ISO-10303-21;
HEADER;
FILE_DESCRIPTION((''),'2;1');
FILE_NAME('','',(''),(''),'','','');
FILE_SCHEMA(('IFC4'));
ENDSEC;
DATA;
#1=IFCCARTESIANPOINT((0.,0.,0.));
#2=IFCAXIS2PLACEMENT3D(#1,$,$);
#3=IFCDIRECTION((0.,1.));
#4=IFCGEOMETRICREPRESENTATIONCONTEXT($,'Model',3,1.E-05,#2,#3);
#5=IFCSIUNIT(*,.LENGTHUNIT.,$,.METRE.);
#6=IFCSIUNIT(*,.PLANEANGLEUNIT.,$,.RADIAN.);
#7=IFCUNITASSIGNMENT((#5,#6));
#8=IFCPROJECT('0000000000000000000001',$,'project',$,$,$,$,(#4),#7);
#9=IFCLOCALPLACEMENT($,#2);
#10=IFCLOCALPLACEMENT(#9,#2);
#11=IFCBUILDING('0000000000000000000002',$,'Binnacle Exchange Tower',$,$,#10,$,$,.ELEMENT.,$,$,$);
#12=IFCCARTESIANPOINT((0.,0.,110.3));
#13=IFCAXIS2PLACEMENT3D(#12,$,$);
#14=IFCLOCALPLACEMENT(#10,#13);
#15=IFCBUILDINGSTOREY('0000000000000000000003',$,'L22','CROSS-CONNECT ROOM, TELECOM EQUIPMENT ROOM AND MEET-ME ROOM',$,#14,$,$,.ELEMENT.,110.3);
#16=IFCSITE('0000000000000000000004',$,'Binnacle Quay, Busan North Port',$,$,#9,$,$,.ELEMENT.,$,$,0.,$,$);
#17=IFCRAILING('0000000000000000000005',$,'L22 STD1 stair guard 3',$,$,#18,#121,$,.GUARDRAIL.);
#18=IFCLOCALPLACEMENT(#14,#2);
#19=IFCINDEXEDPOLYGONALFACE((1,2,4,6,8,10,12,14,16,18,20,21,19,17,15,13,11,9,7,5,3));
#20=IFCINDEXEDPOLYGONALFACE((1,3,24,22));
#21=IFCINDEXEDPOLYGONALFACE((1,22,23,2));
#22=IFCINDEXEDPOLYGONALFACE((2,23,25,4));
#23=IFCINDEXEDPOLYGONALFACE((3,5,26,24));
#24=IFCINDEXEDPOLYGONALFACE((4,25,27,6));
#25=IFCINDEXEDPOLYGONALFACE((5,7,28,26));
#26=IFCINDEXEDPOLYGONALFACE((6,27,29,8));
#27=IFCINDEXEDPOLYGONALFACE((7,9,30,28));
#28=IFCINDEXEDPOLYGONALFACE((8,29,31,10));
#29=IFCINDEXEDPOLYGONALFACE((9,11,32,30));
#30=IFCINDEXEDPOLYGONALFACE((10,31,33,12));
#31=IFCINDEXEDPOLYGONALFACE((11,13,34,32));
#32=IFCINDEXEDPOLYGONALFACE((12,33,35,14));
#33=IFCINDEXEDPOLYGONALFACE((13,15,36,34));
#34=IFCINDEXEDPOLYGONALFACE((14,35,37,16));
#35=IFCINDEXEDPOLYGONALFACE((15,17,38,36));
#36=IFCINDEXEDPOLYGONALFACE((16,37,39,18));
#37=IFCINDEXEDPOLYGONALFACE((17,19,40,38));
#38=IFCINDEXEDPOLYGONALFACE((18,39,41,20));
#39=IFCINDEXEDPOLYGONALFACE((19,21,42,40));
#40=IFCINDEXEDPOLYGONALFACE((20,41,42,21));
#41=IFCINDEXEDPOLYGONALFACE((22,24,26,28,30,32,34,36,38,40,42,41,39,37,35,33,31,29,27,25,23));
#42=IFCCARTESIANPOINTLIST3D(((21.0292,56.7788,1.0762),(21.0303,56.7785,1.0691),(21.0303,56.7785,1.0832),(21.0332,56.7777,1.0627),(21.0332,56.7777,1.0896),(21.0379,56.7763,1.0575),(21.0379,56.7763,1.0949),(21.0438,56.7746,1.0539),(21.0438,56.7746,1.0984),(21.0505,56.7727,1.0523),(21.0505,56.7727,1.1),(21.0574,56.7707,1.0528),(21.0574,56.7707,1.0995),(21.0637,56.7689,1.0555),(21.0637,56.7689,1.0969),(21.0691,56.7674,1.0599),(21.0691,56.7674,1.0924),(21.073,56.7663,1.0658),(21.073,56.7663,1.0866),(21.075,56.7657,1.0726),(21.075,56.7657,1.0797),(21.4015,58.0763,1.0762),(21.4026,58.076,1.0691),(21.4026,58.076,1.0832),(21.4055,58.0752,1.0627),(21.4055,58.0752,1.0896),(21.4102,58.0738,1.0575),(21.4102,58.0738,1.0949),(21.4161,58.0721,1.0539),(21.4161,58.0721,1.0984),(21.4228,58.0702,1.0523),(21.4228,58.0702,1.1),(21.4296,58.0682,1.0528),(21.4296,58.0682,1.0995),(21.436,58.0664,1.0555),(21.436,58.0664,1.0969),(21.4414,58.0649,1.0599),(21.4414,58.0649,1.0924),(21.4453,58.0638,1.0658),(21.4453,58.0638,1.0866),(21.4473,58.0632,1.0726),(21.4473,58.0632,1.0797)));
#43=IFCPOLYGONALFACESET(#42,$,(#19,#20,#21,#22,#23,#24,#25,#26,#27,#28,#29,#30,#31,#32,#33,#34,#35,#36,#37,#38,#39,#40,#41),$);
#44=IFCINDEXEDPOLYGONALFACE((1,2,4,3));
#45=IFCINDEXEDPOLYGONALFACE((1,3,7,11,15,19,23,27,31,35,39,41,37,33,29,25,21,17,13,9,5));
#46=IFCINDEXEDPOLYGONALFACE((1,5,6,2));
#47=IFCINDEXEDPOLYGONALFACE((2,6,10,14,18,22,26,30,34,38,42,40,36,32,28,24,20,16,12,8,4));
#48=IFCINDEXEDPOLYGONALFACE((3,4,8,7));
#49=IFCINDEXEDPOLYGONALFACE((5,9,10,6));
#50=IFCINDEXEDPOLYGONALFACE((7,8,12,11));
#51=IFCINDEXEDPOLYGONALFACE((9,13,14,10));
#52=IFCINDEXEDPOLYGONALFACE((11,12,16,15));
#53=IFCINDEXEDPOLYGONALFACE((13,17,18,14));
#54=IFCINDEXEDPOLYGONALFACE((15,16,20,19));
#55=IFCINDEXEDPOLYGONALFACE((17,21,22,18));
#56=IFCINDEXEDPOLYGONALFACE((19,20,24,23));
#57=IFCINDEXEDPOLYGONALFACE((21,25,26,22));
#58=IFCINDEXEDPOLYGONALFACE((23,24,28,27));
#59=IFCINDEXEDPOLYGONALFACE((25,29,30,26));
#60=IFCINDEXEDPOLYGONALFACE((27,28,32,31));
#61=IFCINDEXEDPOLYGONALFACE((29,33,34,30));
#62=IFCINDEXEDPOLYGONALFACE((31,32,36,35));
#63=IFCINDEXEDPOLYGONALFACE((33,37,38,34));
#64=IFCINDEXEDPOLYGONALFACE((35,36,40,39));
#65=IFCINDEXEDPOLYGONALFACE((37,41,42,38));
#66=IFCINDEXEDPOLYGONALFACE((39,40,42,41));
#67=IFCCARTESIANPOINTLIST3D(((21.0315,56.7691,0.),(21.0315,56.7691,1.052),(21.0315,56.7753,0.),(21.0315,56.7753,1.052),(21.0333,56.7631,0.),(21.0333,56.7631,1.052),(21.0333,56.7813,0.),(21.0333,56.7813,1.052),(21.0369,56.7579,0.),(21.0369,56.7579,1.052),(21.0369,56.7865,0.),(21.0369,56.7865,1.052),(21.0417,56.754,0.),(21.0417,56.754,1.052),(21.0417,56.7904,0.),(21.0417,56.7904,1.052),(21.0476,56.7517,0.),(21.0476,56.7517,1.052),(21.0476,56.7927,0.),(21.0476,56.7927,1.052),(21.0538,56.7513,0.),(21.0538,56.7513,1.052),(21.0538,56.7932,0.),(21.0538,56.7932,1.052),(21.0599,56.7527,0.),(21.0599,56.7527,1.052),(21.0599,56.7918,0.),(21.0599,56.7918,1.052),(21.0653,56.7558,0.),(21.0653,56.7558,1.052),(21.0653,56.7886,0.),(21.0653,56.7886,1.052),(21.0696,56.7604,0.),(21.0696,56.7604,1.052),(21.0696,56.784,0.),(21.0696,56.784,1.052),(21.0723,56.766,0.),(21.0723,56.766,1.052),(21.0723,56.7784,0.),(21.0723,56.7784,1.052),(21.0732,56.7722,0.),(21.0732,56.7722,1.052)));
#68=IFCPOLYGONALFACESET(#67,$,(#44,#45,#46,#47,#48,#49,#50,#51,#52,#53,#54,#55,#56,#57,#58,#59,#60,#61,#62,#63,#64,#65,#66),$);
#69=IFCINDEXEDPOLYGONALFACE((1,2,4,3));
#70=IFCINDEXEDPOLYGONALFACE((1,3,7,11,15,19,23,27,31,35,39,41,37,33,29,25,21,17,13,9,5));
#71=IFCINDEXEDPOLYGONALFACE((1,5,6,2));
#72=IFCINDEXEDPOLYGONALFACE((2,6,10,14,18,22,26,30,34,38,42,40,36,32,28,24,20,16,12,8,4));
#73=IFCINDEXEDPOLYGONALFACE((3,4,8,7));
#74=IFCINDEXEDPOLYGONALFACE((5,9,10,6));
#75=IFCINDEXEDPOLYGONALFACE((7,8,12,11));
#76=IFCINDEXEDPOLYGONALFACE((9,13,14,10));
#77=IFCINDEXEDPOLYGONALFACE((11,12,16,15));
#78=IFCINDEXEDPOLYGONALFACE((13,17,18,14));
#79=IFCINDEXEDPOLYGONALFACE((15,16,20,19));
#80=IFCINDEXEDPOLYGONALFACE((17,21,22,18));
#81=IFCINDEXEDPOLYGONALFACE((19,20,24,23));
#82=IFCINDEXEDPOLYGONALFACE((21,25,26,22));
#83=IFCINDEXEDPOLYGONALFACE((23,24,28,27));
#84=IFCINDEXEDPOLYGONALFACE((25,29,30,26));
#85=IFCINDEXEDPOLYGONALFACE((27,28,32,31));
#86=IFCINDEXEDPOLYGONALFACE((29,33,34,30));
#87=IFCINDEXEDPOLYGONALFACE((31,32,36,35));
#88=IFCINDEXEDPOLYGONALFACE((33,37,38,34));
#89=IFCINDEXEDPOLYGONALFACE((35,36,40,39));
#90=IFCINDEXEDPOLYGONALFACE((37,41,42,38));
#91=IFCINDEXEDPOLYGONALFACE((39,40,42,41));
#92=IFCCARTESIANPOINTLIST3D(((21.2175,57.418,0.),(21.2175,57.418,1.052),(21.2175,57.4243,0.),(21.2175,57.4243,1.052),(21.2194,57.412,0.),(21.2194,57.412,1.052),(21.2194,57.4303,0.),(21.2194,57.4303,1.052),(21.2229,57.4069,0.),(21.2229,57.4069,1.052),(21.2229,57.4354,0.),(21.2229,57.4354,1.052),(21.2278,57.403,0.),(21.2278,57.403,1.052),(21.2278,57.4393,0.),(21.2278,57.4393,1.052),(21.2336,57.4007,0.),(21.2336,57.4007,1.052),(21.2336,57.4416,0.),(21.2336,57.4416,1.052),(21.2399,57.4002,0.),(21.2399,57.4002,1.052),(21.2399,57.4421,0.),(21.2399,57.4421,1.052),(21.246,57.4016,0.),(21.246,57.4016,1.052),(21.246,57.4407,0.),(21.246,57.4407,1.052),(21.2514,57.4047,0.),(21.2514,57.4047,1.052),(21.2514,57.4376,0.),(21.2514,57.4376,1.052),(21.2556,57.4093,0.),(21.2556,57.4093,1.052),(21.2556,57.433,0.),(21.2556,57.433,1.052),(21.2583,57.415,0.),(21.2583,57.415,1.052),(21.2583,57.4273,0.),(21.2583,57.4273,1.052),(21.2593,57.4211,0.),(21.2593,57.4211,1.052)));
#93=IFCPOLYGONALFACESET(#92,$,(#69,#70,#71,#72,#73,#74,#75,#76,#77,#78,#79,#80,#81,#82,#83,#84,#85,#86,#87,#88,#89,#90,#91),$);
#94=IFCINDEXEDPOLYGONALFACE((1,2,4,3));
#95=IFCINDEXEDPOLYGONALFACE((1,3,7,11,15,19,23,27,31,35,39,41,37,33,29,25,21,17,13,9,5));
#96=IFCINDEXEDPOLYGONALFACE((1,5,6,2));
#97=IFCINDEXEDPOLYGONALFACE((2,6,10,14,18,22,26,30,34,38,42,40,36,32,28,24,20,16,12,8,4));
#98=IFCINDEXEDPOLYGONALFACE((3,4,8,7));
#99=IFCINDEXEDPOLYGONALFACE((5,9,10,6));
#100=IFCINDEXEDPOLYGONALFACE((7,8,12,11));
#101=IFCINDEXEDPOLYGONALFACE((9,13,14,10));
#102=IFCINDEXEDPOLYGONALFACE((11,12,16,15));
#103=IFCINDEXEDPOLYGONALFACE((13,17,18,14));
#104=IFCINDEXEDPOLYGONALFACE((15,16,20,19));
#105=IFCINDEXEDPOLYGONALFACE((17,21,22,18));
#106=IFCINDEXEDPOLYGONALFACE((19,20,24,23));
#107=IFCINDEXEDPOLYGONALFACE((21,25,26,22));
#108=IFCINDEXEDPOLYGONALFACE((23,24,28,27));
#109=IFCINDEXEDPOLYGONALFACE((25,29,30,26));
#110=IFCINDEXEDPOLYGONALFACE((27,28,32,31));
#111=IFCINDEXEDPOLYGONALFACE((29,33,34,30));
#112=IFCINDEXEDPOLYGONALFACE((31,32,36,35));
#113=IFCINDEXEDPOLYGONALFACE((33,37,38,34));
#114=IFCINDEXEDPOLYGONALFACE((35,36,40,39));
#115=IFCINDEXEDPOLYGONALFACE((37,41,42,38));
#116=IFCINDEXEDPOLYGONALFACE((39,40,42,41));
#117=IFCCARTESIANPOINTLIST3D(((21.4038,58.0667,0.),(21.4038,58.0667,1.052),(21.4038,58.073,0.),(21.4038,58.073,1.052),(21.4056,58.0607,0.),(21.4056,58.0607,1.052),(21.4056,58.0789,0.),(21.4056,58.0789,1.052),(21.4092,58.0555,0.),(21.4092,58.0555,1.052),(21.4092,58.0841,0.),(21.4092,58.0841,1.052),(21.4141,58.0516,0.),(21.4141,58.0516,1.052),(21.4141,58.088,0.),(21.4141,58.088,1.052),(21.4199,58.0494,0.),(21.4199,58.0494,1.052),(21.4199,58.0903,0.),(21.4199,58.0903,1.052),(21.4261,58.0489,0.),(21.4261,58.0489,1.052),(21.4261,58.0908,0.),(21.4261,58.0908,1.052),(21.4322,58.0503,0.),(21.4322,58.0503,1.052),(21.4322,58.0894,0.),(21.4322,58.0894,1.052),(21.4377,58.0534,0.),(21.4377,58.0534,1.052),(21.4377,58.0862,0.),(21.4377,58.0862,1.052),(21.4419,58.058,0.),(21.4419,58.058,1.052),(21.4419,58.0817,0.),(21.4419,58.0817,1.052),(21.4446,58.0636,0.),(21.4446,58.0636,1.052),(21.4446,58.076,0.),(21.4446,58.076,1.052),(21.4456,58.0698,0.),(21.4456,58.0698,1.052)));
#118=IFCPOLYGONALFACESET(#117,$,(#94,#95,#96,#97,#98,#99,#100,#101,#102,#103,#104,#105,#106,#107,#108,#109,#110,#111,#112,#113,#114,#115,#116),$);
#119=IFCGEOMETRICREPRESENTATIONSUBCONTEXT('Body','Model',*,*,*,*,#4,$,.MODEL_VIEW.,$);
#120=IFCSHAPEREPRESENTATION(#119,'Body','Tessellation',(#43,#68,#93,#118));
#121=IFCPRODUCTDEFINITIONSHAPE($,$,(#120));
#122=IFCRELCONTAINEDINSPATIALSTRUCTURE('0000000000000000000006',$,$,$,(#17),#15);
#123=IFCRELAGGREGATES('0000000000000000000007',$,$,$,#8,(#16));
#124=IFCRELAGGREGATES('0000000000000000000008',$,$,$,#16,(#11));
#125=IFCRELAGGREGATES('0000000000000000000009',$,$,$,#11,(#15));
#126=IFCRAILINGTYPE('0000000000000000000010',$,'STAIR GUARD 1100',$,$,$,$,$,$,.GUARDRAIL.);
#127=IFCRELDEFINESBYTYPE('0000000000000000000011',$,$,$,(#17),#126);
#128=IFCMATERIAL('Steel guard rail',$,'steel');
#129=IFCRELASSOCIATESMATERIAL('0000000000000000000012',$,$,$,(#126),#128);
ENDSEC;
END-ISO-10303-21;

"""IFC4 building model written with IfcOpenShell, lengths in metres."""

from ifc_helpers import new_model, si_unit, direction, frame, origin, origin_2d, place, context, subcontext, project, spatial, circle, extrude, material, type_object, element, save


model = new_model("IFC4")

# Units and contexts
model_context = context("Model", 3, precision=1e-05, world=origin(), true_north=direction((0.0, 1.0)))
body_context = subcontext(model_context, "Body", "Model", "MODEL_VIEW")
ifc_project = project(units=[si_unit("LENGTHUNIT", "METRE"), si_unit("PLANEANGLEUNIT", "RADIAN")], contexts=[model_context])

# Site, building, storey
site_placement = place(None, origin())
site = spatial("IfcSite", under=ifc_project, at=site_placement, Name="Binnacle Quay, Busan North Port", CompositionType="ELEMENT", RefElevation=0.0)
building_placement = place(site_placement, origin())
building = spatial("IfcBuilding", under=site, at=building_placement, Name="Binnacle Exchange Tower", CompositionType="ELEMENT")
storey_placement = place(building_placement, frame((0.0, 0.0, 110.3)))
storey = spatial("IfcBuildingStorey", under=building, at=storey_placement, Name="L22", Description="CROSS-CONNECT ROOM, TELECOM EQUIPMENT ROOM AND MEET-ME ROOM", CompositionType="ELEMENT", Elevation=110.3)

# Railing
ifc_material_1 = material(Name="Steel guard rail", Category="steel")
railing_type_1 = type_object("IfcRailingType", Name="STAIR GUARD 1100", PredefinedType="GUARDRAIL", material=ifc_material_1)
railing_1_placement = place(storey_placement, frame((21.0522, 56.7722, 0.0)))
element("IfcRailing", 1, at=railing_1_placement, inside=storey, type_object=railing_type_1, Name="L22 STD1 stair guard 3", PredefinedType="GUARDRAIL", context=body_context, shape_type="SweptSolid", body=[
    extrude(circle(Radius=0.0239, at=origin_2d()), frame((0.0, 0.0, 1.0762), z_axis=(0.275796, 0.961216, 0.0), x_axis=(-0.961216, 0.275796, 0.0)), (0.0, 0.0, 1.0), 1.3499),
    extrude(circle(Radius=0.021, at=origin_2d()), origin(), (0.0, 0.0, 1.0), 1.052),
    extrude(circle(Radius=0.021, at=origin_2d()), frame((0.186, 0.6489, 0.0)), (0.0, 0.0, 1.0), 1.052),
    extrude(circle(Radius=0.021, at=origin_2d()), frame((0.3723, 1.2976, 0.0)), (0.0, 0.0, 1.0), 1.052),
])

save(model, "model.ifc")
